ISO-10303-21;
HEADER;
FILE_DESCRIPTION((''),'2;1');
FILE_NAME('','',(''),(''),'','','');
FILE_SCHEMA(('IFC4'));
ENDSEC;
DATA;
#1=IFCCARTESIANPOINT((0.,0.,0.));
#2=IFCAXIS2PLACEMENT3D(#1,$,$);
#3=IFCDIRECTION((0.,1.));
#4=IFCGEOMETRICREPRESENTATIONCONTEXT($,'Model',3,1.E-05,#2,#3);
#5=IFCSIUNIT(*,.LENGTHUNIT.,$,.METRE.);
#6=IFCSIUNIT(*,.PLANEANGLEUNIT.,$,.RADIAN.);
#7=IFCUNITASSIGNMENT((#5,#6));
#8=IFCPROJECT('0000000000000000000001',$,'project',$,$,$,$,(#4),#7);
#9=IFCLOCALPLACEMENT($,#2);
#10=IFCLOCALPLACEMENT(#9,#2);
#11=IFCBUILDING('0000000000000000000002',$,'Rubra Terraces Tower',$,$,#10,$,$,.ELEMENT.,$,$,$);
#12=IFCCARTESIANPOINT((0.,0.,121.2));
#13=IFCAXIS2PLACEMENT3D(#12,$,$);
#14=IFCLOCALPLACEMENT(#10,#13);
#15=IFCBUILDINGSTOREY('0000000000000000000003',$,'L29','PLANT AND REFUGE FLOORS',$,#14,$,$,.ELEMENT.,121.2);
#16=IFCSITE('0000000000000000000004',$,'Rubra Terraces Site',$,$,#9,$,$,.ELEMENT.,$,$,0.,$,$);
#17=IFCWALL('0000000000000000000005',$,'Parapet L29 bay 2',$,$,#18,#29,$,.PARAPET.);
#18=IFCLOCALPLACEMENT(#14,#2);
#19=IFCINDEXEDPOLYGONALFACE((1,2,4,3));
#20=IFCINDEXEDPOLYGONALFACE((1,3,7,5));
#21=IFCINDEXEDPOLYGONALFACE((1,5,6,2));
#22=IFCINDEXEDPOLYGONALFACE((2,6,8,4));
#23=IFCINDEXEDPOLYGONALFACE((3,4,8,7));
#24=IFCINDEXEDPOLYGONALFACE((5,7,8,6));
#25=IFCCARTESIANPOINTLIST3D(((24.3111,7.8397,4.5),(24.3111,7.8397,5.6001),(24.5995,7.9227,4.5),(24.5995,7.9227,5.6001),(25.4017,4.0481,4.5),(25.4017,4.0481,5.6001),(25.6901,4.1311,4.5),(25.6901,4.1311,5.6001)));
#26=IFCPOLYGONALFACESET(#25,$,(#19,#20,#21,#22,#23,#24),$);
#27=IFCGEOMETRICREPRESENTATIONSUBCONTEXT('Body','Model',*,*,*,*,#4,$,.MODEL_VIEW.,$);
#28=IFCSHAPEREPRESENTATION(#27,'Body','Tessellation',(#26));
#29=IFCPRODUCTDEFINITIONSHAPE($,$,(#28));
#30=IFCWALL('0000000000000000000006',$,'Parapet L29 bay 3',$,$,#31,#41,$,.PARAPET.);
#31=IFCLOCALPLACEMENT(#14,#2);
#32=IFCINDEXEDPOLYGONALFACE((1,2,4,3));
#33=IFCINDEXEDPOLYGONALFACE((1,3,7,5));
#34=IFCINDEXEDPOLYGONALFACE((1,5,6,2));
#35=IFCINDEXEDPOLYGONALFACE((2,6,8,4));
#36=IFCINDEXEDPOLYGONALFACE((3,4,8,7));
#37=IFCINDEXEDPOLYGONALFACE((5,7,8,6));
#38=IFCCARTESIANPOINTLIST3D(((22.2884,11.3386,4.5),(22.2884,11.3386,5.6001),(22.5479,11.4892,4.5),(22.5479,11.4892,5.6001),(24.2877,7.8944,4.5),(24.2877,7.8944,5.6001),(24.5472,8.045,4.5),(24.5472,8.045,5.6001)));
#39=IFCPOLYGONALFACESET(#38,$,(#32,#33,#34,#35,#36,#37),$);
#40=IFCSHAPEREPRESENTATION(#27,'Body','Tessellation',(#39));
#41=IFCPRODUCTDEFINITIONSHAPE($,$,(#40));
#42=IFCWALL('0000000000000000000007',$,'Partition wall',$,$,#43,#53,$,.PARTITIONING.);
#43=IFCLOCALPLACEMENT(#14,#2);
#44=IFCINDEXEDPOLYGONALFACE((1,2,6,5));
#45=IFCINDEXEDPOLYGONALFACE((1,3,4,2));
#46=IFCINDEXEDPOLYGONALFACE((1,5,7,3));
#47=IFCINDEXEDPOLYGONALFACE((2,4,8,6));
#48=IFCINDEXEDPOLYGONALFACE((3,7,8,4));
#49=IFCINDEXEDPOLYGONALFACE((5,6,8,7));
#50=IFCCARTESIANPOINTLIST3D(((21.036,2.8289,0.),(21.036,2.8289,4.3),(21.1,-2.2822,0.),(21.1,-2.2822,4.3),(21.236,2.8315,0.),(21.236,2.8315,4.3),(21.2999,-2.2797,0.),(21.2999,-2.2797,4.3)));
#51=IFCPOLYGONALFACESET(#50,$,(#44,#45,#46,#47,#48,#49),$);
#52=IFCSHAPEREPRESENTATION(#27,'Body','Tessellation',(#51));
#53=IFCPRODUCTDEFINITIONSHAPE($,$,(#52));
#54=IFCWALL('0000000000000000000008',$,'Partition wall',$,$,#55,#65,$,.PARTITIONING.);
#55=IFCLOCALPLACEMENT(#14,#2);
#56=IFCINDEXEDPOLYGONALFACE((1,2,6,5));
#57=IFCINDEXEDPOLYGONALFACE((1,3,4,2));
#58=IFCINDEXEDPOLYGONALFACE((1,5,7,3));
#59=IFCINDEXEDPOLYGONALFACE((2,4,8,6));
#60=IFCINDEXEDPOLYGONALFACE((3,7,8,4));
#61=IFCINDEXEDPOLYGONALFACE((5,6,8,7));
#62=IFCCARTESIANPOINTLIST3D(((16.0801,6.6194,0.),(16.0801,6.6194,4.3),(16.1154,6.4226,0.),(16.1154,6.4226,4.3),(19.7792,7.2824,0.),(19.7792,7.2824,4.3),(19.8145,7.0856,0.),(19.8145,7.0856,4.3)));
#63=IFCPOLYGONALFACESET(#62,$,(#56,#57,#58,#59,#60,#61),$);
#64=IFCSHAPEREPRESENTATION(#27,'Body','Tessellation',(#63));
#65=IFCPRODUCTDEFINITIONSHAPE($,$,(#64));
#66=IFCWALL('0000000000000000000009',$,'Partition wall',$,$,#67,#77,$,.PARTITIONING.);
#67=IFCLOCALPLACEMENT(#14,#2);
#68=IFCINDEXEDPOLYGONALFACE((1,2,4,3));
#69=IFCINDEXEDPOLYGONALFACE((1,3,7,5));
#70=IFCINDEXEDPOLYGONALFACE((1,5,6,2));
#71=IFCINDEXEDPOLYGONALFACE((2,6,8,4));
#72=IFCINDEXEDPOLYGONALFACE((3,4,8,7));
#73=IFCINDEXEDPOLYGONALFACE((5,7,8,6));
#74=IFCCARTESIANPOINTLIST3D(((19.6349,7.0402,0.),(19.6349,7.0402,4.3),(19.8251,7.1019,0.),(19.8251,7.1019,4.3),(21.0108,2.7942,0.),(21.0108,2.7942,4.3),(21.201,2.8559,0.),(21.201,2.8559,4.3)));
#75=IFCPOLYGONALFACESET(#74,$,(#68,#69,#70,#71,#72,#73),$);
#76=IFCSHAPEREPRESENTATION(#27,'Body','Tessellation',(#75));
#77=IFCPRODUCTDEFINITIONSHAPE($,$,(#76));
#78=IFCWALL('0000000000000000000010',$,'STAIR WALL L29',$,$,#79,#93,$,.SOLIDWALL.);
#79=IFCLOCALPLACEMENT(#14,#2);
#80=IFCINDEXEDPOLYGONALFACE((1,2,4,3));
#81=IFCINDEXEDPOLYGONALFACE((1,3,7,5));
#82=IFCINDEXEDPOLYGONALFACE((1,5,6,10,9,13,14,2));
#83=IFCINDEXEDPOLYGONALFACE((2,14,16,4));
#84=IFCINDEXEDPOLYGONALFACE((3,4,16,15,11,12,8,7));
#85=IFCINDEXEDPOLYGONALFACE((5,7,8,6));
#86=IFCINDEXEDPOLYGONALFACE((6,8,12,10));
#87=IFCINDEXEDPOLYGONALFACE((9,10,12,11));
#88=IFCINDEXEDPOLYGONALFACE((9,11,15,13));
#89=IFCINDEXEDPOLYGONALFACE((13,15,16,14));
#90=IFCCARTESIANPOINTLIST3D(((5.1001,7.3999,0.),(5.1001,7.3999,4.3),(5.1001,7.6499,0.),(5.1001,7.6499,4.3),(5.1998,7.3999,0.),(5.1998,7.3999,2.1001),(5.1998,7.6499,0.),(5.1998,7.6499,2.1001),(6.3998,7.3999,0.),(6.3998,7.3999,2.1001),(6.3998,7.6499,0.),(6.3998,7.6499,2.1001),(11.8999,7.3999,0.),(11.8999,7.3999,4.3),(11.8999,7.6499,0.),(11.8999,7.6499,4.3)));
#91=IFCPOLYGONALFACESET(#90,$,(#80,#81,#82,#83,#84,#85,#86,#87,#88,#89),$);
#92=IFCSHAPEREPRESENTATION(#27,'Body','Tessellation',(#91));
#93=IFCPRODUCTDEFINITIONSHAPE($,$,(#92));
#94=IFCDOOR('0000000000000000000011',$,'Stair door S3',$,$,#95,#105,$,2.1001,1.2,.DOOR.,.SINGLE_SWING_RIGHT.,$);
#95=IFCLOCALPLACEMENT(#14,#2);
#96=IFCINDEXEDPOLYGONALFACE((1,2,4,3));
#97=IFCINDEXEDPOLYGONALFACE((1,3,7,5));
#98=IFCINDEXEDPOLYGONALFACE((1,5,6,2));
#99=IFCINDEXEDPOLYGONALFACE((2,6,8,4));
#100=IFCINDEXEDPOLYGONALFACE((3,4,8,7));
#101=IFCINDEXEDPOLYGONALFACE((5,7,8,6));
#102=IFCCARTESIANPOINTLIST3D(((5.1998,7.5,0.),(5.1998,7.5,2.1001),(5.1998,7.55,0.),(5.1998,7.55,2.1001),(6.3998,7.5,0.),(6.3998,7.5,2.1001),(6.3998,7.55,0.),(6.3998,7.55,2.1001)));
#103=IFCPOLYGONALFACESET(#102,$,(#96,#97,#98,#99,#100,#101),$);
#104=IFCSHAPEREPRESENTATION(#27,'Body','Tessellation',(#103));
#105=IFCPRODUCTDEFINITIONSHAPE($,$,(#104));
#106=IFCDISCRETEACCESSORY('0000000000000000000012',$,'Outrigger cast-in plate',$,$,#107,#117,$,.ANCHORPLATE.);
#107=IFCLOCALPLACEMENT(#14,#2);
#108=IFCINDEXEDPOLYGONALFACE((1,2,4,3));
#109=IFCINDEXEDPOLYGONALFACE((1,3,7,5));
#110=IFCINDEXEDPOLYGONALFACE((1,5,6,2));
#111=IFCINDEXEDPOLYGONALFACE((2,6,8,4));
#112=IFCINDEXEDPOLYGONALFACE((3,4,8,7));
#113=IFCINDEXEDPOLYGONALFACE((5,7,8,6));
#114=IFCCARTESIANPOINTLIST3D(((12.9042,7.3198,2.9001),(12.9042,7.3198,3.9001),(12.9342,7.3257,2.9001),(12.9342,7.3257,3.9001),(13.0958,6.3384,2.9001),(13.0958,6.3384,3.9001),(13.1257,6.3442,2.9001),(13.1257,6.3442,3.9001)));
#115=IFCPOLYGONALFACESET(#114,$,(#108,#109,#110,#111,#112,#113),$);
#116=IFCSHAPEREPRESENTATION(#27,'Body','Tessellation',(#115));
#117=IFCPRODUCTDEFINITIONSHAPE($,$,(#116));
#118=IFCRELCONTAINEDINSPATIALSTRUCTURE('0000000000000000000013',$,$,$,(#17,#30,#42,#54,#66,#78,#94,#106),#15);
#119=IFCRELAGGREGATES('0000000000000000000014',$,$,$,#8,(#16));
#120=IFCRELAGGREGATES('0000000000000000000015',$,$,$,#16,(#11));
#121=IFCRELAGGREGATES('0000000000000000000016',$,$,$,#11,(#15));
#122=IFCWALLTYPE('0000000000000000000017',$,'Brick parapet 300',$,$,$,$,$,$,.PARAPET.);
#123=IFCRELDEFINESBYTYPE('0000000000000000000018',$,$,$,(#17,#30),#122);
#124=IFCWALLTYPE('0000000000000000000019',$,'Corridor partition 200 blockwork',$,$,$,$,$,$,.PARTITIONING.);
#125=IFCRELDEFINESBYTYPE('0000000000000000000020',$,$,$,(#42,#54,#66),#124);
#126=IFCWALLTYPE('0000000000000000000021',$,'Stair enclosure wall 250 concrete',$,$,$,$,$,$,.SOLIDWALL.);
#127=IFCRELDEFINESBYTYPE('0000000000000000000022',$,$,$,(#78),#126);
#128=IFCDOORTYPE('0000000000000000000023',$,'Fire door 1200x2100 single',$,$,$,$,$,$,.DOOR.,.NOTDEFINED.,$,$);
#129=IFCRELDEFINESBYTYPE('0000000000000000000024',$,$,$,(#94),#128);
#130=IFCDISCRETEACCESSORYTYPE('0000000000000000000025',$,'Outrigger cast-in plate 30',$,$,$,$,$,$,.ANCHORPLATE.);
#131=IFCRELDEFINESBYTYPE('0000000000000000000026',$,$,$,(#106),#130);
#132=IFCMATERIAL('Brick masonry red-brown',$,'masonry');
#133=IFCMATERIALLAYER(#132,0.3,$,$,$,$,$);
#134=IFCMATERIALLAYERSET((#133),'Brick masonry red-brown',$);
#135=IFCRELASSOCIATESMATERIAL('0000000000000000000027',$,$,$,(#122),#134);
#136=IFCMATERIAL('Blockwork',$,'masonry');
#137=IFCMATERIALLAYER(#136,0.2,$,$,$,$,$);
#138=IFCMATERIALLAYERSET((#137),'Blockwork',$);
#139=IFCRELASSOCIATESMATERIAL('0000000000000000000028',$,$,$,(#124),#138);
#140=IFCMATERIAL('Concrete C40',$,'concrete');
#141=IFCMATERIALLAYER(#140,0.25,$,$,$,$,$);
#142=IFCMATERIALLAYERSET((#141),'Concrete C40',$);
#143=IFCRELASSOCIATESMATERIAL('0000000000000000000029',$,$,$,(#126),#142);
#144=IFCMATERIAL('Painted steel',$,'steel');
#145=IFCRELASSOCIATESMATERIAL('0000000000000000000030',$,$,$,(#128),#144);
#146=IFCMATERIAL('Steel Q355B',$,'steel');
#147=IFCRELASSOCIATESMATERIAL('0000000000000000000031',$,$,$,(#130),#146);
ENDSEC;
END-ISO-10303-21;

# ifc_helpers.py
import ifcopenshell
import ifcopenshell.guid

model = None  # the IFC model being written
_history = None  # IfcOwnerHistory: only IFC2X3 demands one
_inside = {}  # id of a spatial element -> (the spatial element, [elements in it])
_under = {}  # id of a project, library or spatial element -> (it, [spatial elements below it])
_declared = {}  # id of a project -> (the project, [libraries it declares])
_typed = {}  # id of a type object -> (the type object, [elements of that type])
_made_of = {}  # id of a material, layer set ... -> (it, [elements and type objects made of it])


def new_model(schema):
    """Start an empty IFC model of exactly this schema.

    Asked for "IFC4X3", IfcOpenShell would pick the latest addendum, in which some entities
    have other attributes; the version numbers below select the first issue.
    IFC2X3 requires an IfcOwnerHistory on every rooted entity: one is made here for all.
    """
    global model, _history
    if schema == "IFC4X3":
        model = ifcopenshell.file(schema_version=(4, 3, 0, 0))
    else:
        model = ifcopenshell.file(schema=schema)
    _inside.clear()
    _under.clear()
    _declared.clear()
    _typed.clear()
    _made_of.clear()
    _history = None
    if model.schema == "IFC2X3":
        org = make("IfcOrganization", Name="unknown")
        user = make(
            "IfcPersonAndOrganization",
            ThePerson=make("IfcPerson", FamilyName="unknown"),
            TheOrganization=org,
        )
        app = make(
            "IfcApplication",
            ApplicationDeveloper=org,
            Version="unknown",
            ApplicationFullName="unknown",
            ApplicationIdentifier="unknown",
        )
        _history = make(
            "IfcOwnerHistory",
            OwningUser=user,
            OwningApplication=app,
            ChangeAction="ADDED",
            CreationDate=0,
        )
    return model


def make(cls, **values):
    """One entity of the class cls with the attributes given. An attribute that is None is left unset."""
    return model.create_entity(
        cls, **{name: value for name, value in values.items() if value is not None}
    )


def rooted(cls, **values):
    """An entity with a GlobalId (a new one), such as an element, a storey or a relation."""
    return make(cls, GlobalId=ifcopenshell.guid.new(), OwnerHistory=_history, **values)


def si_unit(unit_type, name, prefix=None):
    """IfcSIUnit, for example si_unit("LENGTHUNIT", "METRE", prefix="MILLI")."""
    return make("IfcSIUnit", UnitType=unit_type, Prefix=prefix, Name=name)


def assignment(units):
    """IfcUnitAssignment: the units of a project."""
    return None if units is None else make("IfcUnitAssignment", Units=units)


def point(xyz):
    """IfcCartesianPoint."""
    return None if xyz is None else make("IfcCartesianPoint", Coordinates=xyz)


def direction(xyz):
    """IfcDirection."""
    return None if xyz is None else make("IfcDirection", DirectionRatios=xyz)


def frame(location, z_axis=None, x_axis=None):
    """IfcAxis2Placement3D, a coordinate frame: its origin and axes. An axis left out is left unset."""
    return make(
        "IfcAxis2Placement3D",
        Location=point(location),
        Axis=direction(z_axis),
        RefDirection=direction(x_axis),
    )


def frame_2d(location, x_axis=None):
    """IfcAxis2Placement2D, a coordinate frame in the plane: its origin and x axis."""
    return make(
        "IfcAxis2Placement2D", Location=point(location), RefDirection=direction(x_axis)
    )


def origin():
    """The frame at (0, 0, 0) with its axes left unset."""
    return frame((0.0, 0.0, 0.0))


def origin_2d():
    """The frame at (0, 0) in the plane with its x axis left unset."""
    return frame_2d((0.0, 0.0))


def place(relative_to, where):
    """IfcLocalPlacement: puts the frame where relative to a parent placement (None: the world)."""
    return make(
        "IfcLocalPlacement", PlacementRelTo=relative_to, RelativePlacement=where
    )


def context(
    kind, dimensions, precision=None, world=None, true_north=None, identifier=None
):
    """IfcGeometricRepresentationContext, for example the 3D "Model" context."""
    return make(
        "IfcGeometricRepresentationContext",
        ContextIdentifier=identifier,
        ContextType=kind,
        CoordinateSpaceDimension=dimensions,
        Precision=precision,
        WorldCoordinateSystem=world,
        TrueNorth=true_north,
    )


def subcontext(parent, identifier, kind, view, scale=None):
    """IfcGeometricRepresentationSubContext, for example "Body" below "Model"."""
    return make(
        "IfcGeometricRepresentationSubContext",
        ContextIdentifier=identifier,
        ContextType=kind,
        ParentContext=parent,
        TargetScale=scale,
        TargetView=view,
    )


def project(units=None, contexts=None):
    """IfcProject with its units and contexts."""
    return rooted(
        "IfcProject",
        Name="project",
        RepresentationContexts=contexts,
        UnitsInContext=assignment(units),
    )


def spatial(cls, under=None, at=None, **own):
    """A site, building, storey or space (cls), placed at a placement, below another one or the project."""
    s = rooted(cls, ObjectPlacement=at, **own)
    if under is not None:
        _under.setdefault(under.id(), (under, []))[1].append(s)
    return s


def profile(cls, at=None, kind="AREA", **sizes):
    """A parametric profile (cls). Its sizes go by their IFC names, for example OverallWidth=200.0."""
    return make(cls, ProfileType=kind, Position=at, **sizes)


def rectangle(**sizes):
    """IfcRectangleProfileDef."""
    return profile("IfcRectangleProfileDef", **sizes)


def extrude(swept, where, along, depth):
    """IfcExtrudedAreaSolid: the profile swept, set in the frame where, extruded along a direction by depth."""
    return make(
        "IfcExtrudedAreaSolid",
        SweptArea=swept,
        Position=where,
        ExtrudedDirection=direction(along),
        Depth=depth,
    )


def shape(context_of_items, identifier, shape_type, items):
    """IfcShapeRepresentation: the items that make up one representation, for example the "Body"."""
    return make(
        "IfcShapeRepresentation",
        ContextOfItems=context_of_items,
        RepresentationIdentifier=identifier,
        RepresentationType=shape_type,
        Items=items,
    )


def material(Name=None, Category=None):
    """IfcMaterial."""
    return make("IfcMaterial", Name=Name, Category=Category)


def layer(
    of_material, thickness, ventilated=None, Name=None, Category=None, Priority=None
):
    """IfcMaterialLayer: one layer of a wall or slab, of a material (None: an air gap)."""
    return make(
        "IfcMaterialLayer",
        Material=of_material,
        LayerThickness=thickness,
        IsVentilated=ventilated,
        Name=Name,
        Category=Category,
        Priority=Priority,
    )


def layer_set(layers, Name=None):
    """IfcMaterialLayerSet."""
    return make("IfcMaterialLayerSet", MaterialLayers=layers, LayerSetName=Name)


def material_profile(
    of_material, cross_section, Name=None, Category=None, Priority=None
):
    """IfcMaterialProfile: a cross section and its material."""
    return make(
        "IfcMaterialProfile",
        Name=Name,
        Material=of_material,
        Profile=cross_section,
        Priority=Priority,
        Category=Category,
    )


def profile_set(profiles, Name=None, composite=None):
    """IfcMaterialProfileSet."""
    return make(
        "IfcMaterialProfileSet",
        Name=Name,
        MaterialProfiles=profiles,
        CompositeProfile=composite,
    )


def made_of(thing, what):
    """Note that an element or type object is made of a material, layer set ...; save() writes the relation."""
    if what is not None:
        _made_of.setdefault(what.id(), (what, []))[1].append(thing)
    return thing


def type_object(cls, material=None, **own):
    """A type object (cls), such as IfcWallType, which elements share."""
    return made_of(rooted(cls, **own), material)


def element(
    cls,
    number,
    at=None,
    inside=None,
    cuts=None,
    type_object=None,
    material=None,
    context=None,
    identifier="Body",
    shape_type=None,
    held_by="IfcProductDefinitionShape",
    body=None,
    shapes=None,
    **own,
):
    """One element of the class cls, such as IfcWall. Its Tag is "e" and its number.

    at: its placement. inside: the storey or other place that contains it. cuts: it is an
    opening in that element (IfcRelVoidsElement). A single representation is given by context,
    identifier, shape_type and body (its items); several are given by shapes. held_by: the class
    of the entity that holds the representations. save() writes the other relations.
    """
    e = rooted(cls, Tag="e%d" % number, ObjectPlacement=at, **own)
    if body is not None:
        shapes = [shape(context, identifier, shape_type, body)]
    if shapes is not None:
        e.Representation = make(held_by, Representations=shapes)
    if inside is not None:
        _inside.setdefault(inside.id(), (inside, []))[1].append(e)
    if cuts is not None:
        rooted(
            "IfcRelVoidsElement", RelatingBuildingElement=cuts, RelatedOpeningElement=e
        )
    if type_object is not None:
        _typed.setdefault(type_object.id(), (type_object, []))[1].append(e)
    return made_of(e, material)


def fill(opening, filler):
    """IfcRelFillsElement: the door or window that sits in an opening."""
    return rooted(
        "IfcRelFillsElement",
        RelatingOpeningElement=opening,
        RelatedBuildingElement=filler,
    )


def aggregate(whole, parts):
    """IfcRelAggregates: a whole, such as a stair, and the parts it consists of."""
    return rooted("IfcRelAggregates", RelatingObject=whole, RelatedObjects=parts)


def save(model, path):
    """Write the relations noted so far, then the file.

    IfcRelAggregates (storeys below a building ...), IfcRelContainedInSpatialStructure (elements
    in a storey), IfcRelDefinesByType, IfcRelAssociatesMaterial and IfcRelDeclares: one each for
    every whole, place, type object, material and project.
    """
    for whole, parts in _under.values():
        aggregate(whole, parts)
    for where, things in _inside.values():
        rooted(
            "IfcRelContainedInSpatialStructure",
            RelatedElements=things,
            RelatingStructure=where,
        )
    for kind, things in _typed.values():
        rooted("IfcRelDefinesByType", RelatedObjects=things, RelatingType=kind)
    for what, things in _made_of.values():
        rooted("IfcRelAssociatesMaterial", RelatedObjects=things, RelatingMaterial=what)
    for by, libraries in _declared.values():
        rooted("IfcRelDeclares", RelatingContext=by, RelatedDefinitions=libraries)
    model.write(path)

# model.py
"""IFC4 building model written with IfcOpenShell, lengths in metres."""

from ifc_helpers import new_model, si_unit, direction, frame, frame_2d, origin, origin_2d, place, context, subcontext, project, spatial, rectangle, extrude, material, layer, layer_set, material_profile, profile_set, type_object, element, fill, save


model = new_model("IFC4")

# Units and contexts
model_context = context("Model", 3, precision=1e-05, world=origin(), true_north=direction((0.0, 1.0)))
body_context = subcontext(model_context, "Body", "Model", "MODEL_VIEW")
ifc_project = project(units=[si_unit("LENGTHUNIT", "METRE"), si_unit("PLANEANGLEUNIT", "RADIAN")], contexts=[model_context])

# Site, building, storey
site_placement = place(None, origin())
site = spatial("IfcSite", under=ifc_project, at=site_placement, Name="Rubra Terraces Site", CompositionType="ELEMENT", RefElevation=0.0)
building_placement = place(site_placement, origin())
building = spatial("IfcBuilding", under=site, at=building_placement, Name="Rubra Terraces Tower", CompositionType="ELEMENT")
storey_placement = place(building_placement, frame((0.0, 0.0, 121.2)))
storey = spatial("IfcBuildingStorey", under=building, at=storey_placement, Name="L29", Description="PLANT AND REFUGE FLOORS", CompositionType="ELEMENT", Elevation=121.2)

# Shared definitions
ifc_material_1 = material(Name="Steel Q355B", Category="steel")

# Shared definitions
ifc_material_2 = material(Name="Brick masonry red-brown", Category="masonry")

# Walls
ifc_layer_1 = layer(ifc_material_2, 0.3)
ifc_layer_set_1 = layer_set([ifc_layer_1], Name="Brick masonry red-brown")
wall_type_1 = type_object("IfcWallType", Name="Brick parapet 300", PredefinedType="PARAPET", material=ifc_layer_set_1)
wall_1_placement = place(storey_placement, frame((25.5459, 4.0896, 4.5), z_axis=(0.0, 0.0, 1.0), x_axis=(-0.276429, 0.961034, 0.0)))
element("IfcWall", 1, at=wall_1_placement, inside=storey, type_object=wall_type_1, Name="Parapet L29 bay 2", PredefinedType="PARAPET", context=body_context, shape_type="SweptSolid", body=[
    extrude(rectangle(XDim=3.9453, YDim=0.3, at=frame_2d((1.9727, 0.0))), origin(), (0.0, 0.0, 1.0), 1.1001),
])
wall_2_placement = place(storey_placement, frame((24.4175, 7.9697, 4.5), z_axis=(0.0, 0.0, 1.0), x_axis=(-0.502036, 0.864846, 0.0)))
element("IfcWall", 2, at=wall_2_placement, inside=storey, type_object=wall_type_1, Name="Parapet L29 bay 3", PredefinedType="PARAPET", context=body_context, shape_type="SweptSolid", body=[
    extrude(rectangle(XDim=3.9824, YDim=0.3, at=frame_2d((1.9912, 0.0))), origin(), (0.0, 0.0, 1.0), 1.1001),
])
ifc_material_3 = material(Name="Blockwork", Category="masonry")
ifc_layer_2 = layer(ifc_material_3, 0.2)
ifc_layer_set_2 = layer_set([ifc_layer_2], Name="Blockwork")
wall_type_2 = type_object("IfcWallType", Name="Corridor partition 200 blockwork", PredefinedType="PARTITIONING", material=ifc_layer_set_2)
wall_3_placement = place(storey_placement, frame((21.136, 2.8301, 0.0), z_axis=(0.0, 0.0, 1.0), x_axis=(0.012514, -0.999922, 0.0)))
element("IfcWall", 3, at=wall_3_placement, inside=storey, type_object=wall_type_2, Name="Partition wall", PredefinedType="PARTITIONING", context=body_context, shape_type="SweptSolid", body=[
    extrude(rectangle(XDim=5.1116, YDim=0.2, at=frame_2d((2.5557, 0.0))), origin(), (0.0, 0.0, 1.0), 4.3),
])
wall_4_placement = place(storey_placement, frame((16.0979, 6.521, 0.0), z_axis=(0.0, 0.0, 1.0), x_axis=(0.984312, 0.176438, 0.0)))
element("IfcWall", 4, at=wall_4_placement, inside=storey, type_object=wall_type_2, Name="Partition wall", PredefinedType="PARTITIONING", context=body_context, shape_type="SweptSolid", body=[
    extrude(rectangle(XDim=3.7581, YDim=0.2, at=frame_2d((1.8789, 0.0))), origin(), (0.0, 0.0, 1.0), 4.3),
])
wall_5_placement = place(storey_placement, frame((19.73, 7.071, 0.0), z_axis=(0.0, 0.0, 1.0), x_axis=(0.308275, -0.951297, 0.0)))
element("IfcWall", 5, at=wall_5_placement, inside=storey, type_object=wall_type_2, Name="Partition wall", PredefinedType="PARTITIONING", context=body_context, shape_type="SweptSolid", body=[
    extrude(rectangle(XDim=4.4634, YDim=0.2, at=frame_2d((2.2317, 0.0))), origin(), (0.0, 0.0, 1.0), 4.3),
])

# Wall, opening, door
ifc_material_4 = material(Name="Concrete C40", Category="concrete")
ifc_layer_3 = layer(ifc_material_4, 0.25)
ifc_layer_set_3 = layer_set([ifc_layer_3], Name="Concrete C40")
wall_type_3 = type_object("IfcWallType", Name="Stair enclosure wall 250 concrete", PredefinedType="SOLIDWALL", material=ifc_layer_set_3)
wall_6_placement = place(storey_placement, frame((11.8999, 7.5249, 0.0), z_axis=(0.0, 0.0, 1.0), x_axis=(-1.0, 0.0, 0.0)))
wall_6 = element("IfcWall", 6, at=wall_6_placement, inside=storey, type_object=wall_type_3, Name="STAIR WALL L29", PredefinedType="SOLIDWALL", context=body_context, shape_type="SweptSolid", body=[
    extrude(rectangle(XDim=6.7998, YDim=0.25, at=frame_2d((3.3999, 0.0))), origin(), (0.0, 0.0, 1.0), 4.3),
])
opening_1_placement = place(wall_6_placement, frame((5.5, 0.0, 0.0)))
opening_1 = element("IfcOpeningElement", 7, at=opening_1_placement, cuts=wall_6, PredefinedType="OPENING", context=body_context, shape_type="SweptSolid", body=[
    extrude(rectangle(XDim=1.2, YDim=2.1001, at=frame_2d((0.6001, 1.05))), frame((0.0, 0.135, 0.0), z_axis=(0.0, -1.0, 0.0), x_axis=(1.0, 0.0, 0.0)), (0.0, 0.0, 1.0), 0.27),
])
ifc_material_5 = material(Name="Painted steel", Category="steel")
door_type = type_object("IfcDoorType", Name="Fire door 1200x2100 single", OperationType="NOTDEFINED", PredefinedType="DOOR", material=ifc_material_5)
door_placement = place(opening_1_placement, origin())
door = element("IfcDoor", 8, at=door_placement, inside=storey, type_object=door_type, Name="Stair door S3", OperationType="SINGLE_SWING_RIGHT", OverallHeight=2.1001, OverallWidth=1.2, PredefinedType="DOOR", context=body_context, shape_type="SweptSolid", body=[
    extrude(rectangle(XDim=1.2, YDim=2.1001, at=frame_2d((0.6001, 1.05))), frame((0.0, 0.0249, 0.0), z_axis=(0.0, -1.0, 0.0), x_axis=(1.0, 0.0, 0.0)), (0.0, 0.0, 1.0), 0.05),
])
fill(opening_1, door)

# Discrete accessory
ifc_material_profile_1 = material_profile(ifc_material_1, rectangle(XDim=1.0, YDim=1.0, at=origin_2d()), Name="PL 1000x1000x30")
ifc_profile_set_1 = profile_set([ifc_material_profile_1], Name="Steel Q355B")
discrete_accessory_type = type_object("IfcDiscreteAccessoryType", Name="Outrigger cast-in plate 30", PredefinedType="ANCHORPLATE", material=ifc_profile_set_1)
discrete_accessory_placement = place(storey_placement, frame((13.0, 6.8291, 3.4001), z_axis=(0.981491, 0.19151, 0.0), x_axis=(-0.19151, 0.981491, 0.0)))
element("IfcDiscreteAccessory", 9, at=discrete_accessory_placement, inside=storey, type_object=discrete_accessory_type, Name="Outrigger cast-in plate", PredefinedType="ANCHORPLATE", context=body_context, shape_type="SweptSolid", body=[
    extrude(rectangle(XDim=1.0, YDim=1.0, at=origin_2d()), origin(), (0.0, 0.0, 1.0), 0.0305),
])

save(model, "model.ifc")
